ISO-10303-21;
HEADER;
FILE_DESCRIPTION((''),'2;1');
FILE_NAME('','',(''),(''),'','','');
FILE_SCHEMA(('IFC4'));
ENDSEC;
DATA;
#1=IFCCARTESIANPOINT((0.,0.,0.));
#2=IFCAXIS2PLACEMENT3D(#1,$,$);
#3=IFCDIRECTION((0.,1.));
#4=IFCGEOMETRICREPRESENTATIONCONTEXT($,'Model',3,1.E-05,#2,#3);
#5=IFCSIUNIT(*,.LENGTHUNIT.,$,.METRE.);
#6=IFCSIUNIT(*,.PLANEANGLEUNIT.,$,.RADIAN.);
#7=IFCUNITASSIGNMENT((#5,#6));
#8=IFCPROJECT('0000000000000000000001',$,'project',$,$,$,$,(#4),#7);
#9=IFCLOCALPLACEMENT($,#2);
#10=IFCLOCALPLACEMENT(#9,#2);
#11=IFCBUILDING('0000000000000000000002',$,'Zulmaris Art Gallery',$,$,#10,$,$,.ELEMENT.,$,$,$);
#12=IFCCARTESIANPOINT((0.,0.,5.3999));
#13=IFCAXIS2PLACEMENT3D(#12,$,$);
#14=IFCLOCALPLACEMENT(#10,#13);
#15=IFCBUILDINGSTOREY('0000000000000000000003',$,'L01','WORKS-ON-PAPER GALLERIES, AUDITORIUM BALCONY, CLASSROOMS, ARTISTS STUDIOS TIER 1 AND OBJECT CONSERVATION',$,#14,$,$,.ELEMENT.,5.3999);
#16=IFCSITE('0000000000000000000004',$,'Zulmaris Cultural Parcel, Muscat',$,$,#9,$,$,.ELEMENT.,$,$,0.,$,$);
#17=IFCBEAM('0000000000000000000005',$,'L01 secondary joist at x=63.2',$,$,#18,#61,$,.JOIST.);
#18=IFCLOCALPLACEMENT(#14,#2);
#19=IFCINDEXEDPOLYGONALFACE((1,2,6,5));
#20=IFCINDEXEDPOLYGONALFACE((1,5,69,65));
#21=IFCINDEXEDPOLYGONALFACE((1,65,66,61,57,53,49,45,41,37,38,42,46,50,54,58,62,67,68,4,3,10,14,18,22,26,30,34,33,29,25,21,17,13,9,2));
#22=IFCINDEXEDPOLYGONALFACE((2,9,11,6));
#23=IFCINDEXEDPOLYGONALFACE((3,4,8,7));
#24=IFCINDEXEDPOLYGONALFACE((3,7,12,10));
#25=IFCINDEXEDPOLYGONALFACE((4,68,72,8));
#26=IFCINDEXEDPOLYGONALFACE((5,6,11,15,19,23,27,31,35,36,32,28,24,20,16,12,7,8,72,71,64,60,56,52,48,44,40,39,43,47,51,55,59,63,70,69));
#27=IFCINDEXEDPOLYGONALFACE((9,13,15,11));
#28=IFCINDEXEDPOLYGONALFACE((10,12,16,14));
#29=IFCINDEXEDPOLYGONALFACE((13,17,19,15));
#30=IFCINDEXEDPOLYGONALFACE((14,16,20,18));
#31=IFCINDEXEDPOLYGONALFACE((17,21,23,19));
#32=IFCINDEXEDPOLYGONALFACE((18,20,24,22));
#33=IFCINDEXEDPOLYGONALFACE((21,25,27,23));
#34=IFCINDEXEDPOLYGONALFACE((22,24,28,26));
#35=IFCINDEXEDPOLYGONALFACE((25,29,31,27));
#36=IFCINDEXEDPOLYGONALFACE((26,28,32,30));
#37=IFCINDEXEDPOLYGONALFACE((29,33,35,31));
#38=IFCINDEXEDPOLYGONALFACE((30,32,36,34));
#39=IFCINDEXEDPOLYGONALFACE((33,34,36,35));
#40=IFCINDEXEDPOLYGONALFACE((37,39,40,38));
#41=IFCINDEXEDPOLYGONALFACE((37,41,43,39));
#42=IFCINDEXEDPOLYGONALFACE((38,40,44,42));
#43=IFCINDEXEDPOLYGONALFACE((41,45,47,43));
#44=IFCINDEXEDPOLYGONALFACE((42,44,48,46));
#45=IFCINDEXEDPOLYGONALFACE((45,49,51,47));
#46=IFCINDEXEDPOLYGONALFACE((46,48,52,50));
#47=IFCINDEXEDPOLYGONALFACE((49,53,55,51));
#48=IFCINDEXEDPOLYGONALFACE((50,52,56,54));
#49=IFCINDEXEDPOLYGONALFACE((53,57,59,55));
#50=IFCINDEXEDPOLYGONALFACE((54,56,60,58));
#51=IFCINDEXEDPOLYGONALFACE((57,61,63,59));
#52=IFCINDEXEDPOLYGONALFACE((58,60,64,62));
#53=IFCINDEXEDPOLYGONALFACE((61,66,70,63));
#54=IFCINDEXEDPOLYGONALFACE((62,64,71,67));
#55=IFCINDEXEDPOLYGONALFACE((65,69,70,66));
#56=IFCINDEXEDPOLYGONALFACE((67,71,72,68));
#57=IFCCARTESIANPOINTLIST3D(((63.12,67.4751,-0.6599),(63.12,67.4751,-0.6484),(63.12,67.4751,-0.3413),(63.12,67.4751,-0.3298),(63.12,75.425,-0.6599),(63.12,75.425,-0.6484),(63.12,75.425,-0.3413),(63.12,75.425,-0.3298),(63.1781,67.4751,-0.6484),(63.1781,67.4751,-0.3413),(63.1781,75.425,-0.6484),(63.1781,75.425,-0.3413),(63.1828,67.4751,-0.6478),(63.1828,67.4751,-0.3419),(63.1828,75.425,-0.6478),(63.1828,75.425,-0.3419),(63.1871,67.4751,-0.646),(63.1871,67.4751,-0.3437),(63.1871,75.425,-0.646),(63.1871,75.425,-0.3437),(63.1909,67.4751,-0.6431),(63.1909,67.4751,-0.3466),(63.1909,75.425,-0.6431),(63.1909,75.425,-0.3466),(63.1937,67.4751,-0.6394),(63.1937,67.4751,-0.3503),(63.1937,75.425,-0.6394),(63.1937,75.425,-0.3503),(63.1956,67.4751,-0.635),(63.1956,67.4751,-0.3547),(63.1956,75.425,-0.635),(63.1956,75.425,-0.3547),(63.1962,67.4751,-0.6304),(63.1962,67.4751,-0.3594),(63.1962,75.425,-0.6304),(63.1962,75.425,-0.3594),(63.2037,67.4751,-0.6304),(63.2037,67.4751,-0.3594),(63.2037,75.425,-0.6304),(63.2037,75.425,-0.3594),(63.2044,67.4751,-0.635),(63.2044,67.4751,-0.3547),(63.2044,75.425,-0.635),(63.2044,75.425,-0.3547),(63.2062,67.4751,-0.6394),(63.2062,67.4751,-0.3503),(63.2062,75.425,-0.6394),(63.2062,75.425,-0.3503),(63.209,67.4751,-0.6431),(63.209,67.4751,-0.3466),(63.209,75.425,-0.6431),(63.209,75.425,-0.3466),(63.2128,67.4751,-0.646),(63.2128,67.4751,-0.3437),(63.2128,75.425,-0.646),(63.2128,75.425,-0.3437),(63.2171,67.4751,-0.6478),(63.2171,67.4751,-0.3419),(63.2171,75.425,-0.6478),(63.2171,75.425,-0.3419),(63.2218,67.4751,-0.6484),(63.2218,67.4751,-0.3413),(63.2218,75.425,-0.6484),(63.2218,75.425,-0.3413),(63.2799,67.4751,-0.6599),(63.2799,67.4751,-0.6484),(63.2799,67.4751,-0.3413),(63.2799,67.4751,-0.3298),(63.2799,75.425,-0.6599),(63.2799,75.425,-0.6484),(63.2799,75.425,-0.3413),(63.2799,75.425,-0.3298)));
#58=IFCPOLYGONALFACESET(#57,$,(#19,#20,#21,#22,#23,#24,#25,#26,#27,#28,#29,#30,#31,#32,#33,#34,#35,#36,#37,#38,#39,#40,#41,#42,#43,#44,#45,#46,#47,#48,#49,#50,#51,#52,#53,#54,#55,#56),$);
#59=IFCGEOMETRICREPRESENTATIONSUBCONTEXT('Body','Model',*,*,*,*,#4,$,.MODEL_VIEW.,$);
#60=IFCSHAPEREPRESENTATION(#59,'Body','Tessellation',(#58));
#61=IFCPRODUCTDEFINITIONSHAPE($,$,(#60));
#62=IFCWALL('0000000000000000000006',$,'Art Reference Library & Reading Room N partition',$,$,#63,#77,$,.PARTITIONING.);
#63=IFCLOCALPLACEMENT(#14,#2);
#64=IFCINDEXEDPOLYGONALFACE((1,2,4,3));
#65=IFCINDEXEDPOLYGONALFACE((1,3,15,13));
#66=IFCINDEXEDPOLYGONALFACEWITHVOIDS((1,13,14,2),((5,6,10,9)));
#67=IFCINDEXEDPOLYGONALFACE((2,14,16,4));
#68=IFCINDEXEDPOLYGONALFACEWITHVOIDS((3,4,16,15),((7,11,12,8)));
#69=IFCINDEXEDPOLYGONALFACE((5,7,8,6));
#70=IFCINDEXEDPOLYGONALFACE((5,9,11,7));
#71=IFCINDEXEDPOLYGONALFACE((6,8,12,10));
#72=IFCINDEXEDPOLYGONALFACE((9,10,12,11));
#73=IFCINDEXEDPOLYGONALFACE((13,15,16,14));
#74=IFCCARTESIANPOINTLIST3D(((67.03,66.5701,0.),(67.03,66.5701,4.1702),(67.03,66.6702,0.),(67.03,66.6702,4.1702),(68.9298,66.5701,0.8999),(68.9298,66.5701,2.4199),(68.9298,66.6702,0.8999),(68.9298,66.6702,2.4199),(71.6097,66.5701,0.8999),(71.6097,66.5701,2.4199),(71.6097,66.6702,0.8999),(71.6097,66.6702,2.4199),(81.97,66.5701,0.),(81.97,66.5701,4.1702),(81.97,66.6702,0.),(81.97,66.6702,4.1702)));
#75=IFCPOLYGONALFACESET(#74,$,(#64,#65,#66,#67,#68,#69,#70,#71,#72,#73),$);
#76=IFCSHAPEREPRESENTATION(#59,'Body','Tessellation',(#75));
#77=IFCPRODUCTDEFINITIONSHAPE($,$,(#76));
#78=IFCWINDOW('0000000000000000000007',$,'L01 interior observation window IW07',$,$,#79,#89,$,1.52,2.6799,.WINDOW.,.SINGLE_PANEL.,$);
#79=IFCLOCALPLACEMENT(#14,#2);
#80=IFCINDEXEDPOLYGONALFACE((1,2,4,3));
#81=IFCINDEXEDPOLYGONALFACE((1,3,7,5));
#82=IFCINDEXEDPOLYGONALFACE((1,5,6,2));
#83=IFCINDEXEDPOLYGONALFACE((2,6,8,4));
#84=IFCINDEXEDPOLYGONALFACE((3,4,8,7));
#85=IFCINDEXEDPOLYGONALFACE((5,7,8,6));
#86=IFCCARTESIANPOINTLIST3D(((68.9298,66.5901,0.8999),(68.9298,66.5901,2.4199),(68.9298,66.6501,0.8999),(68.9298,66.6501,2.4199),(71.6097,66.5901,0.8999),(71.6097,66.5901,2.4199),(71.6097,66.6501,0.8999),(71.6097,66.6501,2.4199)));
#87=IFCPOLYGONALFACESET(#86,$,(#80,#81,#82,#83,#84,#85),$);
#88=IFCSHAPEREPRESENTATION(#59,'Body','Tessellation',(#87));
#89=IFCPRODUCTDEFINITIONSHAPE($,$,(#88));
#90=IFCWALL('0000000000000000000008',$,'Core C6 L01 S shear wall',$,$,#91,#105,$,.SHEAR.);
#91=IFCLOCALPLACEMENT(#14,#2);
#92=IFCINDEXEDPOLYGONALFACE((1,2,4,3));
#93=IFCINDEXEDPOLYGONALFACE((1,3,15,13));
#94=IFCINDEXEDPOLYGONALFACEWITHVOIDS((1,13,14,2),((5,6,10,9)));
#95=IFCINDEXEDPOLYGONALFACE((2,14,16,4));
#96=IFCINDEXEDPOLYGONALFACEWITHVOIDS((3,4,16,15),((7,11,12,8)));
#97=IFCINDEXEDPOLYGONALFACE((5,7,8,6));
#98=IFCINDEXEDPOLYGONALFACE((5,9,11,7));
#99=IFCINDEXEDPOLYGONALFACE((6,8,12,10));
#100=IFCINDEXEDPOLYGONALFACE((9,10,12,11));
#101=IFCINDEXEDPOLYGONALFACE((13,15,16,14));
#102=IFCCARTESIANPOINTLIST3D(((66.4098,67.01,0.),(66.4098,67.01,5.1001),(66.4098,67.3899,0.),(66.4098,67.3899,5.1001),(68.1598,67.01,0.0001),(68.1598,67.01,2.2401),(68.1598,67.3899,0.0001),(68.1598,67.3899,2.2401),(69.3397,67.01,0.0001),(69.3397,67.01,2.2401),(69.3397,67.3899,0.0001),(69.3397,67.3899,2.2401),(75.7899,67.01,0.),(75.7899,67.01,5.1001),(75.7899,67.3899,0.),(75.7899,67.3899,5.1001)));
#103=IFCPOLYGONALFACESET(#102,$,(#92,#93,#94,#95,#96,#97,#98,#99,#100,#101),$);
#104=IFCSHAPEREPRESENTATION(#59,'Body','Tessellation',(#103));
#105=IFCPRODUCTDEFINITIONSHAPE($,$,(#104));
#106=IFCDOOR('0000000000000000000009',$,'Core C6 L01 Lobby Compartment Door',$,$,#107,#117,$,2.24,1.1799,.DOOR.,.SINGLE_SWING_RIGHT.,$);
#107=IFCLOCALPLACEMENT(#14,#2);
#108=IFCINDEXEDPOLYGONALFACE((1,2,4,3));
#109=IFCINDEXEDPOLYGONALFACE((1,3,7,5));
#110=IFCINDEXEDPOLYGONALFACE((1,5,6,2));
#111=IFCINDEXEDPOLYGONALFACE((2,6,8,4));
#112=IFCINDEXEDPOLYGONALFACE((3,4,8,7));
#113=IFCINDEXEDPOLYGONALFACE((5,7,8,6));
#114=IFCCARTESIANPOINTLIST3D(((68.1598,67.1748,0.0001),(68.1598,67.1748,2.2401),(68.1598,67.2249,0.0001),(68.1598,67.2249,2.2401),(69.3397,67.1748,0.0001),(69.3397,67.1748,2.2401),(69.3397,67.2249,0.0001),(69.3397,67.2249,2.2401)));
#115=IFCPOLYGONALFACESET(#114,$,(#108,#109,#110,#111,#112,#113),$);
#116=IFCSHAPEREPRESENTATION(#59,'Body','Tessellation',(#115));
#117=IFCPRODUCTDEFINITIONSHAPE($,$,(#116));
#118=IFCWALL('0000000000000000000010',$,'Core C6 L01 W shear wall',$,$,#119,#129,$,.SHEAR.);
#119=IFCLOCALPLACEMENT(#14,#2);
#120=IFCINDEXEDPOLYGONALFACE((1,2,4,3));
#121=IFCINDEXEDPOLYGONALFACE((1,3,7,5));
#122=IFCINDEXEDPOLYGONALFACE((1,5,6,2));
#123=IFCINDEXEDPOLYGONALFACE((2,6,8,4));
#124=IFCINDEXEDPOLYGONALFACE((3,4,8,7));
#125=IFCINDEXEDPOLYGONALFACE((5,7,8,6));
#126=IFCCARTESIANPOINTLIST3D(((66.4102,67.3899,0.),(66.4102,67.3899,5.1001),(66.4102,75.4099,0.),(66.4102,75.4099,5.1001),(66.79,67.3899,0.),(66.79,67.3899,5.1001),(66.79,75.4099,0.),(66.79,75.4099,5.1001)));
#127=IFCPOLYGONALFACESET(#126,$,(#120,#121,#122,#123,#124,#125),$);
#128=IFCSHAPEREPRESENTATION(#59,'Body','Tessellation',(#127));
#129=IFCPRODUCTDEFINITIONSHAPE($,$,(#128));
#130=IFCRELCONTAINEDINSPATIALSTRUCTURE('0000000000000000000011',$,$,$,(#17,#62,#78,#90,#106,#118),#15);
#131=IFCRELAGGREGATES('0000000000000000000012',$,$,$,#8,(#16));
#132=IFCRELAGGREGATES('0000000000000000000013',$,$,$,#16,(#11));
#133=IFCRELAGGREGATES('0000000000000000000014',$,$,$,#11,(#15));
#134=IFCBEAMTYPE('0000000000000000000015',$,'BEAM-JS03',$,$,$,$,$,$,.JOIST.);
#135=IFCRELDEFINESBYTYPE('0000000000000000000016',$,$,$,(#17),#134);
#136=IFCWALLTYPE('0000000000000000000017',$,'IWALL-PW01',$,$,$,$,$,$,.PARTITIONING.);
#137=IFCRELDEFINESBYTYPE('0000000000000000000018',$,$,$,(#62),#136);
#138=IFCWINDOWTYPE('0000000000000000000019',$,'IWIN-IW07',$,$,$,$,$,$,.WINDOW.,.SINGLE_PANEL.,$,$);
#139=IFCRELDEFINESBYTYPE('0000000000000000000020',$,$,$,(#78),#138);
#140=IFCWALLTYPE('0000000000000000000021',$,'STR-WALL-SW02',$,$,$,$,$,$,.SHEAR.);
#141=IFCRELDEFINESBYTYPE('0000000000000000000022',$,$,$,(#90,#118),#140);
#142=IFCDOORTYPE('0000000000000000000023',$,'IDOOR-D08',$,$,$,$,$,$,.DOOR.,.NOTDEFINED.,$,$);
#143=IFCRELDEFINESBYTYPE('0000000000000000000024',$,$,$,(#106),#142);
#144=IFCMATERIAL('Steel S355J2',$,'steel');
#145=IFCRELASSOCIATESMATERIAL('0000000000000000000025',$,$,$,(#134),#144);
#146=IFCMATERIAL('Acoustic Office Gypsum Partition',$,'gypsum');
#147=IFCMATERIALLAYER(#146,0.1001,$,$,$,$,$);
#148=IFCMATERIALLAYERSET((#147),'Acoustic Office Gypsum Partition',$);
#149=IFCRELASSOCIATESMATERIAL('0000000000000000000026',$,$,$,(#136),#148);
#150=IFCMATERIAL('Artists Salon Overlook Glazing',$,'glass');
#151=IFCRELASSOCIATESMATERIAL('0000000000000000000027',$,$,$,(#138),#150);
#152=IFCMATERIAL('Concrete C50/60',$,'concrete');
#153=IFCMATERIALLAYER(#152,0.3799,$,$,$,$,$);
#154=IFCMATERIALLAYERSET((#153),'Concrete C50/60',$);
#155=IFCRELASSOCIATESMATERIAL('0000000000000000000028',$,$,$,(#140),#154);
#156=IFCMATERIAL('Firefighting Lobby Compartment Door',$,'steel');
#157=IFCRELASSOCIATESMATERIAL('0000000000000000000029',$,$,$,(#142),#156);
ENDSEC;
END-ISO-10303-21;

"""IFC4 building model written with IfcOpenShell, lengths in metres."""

from ifc_helpers import new_model, si_unit, direction, frame, frame_2d, origin, origin_2d, place, context, subcontext, project, spatial, rectangle, i_section, extrude, material, layer, layer_set, material_profile, profile_set, type_object, element, fill, save


model = new_model("IFC4")

# Units and contexts
model_context = context("Model", 3, precision=1e-05, world=origin(), true_north=direction((0.0, 1.0)))
body_context = subcontext(model_context, "Body", "Model", "MODEL_VIEW")
ifc_project = project(units=[si_unit("LENGTHUNIT", "METRE"), si_unit("PLANEANGLEUNIT", "RADIAN")], contexts=[model_context])

# Site, building, storey
site_placement = place(None, origin())
site = spatial("IfcSite", under=ifc_project, at=site_placement, Name="Zulmaris Cultural Parcel, Muscat", CompositionType="ELEMENT", RefElevation=0.0)
building_placement = place(site_placement, origin())
building = spatial("IfcBuilding", under=site, at=building_placement, Name="Zulmaris Art Gallery", CompositionType="ELEMENT")
storey_placement = place(building_placement, frame((0.0, 0.0, 5.3999)))
storey = spatial("IfcBuildingStorey", under=building, at=storey_placement, Name="L01", Description="WORKS-ON-PAPER GALLERIES, AUDITORIUM BALCONY, CLASSROOMS, ARTISTS STUDIOS TIER 1 AND OBJECT CONSERVATION", CompositionType="ELEMENT", Elevation=5.3999)

# Beam
ifc_material_1 = material(Name="Steel S355J2", Category="steel")
ifc_material_profile_1 = material_profile(ifc_material_1, i_section(OverallWidth=0.1599, OverallDepth=0.3301, WebThickness=0.0076, FlangeThickness=0.0115, FilletRadius=0.0181, at=origin_2d()), Name="IPE 330")
ifc_profile_set_1 = profile_set([ifc_material_profile_1], Name="Steel S355J2")
beam_type_1 = type_object("IfcBeamType", Name="BEAM-JS03", PredefinedType="JOIST", material=ifc_profile_set_1)
beam_1_placement = place(storey_placement, frame((63.2, 67.4751, -0.4949), z_axis=(0.0, 1.0, 0.0), x_axis=(-1.0, 0.0, 0.0)))
element("IfcBeam", 1, at=beam_1_placement, inside=storey, type_object=beam_type_1, Name="L01 secondary joist at x=63.2", PredefinedType="JOIST", context=body_context, shape_type="SweptSolid", body=[
    extrude(i_section(OverallWidth=0.1599, OverallDepth=0.3301, WebThickness=0.0076, FlangeThickness=0.0115, FilletRadius=0.0181, at=origin_2d()), origin(), (0.0, 0.0, 1.0), 7.95),
])

# Wall, opening, window
ifc_material_2 = material(Name="Acoustic Office Gypsum Partition", Category="gypsum")
ifc_layer_1 = layer(ifc_material_2, 0.1001)
ifc_layer_set_1 = layer_set([ifc_layer_1], Name="Acoustic Office Gypsum Partition")
wall_type_1 = type_object("IfcWallType", Name="IWALL-PW01", PredefinedType="PARTITIONING", material=ifc_layer_set_1)
wall_1_placement = place(storey_placement, frame((67.03, 66.6201, 0.0), z_axis=(0.0, 0.0, 1.0), x_axis=(1.0, 0.0, 0.0)))
wall_1 = element("IfcWall", 2, at=wall_1_placement, inside=storey, type_object=wall_type_1, Name="Art Reference Library & Reading Room N partition", PredefinedType="PARTITIONING", context=body_context, shape_type="SweptSolid", body=[
    extrude(rectangle(XDim=14.9399, YDim=0.1001, at=frame_2d((7.47, 0.0))), origin(), (0.0, 0.0, 1.0), 4.1702),
])
opening_1_placement = place(wall_1_placement, frame((1.8999, 0.0, 0.8999)))
opening_1 = element("IfcOpeningElement", 3, at=opening_1_placement, cuts=wall_1, PredefinedType="OPENING", context=body_context, shape_type="SweptSolid", body=[
    extrude(rectangle(XDim=2.6799, YDim=1.52, at=frame_2d((1.3398, 0.76))), frame((0.0, 0.0601, 0.0), z_axis=(0.0, -1.0, 0.0), x_axis=(1.0, 0.0, 0.0)), (0.0, 0.0, 1.0), 0.1201),
])
ifc_material_3 = material(Name="Artists Salon Overlook Glazing", Category="glass")
window_type = type_object("IfcWindowType", Name="IWIN-IW07", PartitioningType="SINGLE_PANEL", PredefinedType="WINDOW", material=ifc_material_3)
window_placement = place(opening_1_placement, origin())
window = element("IfcWindow", 4, at=window_placement, inside=storey, type_object=window_type, Name="L01 interior observation window IW07", OverallHeight=1.52, OverallWidth=2.6799, PartitioningType="SINGLE_PANEL", PredefinedType="WINDOW", context=body_context, shape_type="SweptSolid", body=[
    extrude(rectangle(XDim=2.6799, YDim=1.52, at=frame_2d((1.3398, 0.76))), frame((0.0, 0.03, 0.0), z_axis=(0.0, -1.0, 0.0), x_axis=(1.0, 0.0, 0.0)), (0.0, 0.0, 1.0), 0.0601),
])
fill(opening_1, window)

# Wall, opening, door
ifc_material_4 = material(Name="Concrete C50/60", Category="concrete")
ifc_layer_2 = layer(ifc_material_4, 0.3799)
ifc_layer_set_2 = layer_set([ifc_layer_2], Name="Concrete C50/60")
wall_type_2 = type_object("IfcWallType", Name="STR-WALL-SW02", PredefinedType="SHEAR", material=ifc_layer_set_2)
wall_2_placement = place(storey_placement, frame((66.4099, 67.2, 0.0), z_axis=(0.0, 0.0, 1.0), x_axis=(1.0, 0.0, 0.0)))
wall_2 = element("IfcWall", 5, at=wall_2_placement, inside=storey, type_object=wall_type_2, Name="Core C6 L01 S shear wall", PredefinedType="SHEAR", context=body_context, shape_type="SweptSolid", body=[
    extrude(rectangle(XDim=9.3801, YDim=0.3799, at=frame_2d((4.6899, 0.0))), origin(), (0.0, 0.0, 1.0), 5.1001),
])
opening_2_placement = place(wall_2_placement, frame((1.75, 0.0, 0.0)))
opening_2 = element("IfcOpeningElement", 6, at=opening_2_placement, cuts=wall_2, PredefinedType="OPENING", context=body_context, shape_type="SweptSolid", body=[
    extrude(rectangle(XDim=1.1799, YDim=2.24, at=frame_2d((0.5898, 1.1201))), frame((0.0, 0.2, 0.0), z_axis=(0.0, -1.0, 0.0), x_axis=(1.0, 0.0, 0.0)), (0.0, 0.0, 1.0), 0.3999),
])
ifc_material_5 = material(Name="Firefighting Lobby Compartment Door", Category="steel")
door_type = type_object("IfcDoorType", Name="IDOOR-D08", OperationType="NOTDEFINED", PredefinedType="DOOR", material=ifc_material_5)
door_placement = place(opening_2_placement, origin())
door = element("IfcDoor", 7, at=door_placement, inside=storey, type_object=door_type, Name="Core C6 L01 Lobby Compartment Door", OperationType="SINGLE_SWING_RIGHT", OverallHeight=2.24, OverallWidth=1.1799, PredefinedType="DOOR", context=body_context, shape_type="SweptSolid", body=[
    extrude(rectangle(XDim=1.1799, YDim=2.24, at=frame_2d((0.5898, 1.1201))), frame((0.0, 0.0249, 0.0), z_axis=(0.0, -1.0, 0.0), x_axis=(1.0, 0.0, 0.0)), (0.0, 0.0, 1.0), 0.05),
])
fill(opening_2, door)

# Wall
wall_3_placement = place(storey_placement, frame((66.6001, 67.3899, 0.0), z_axis=(0.0, 0.0, 1.0), x_axis=(0.0, 1.0, 0.0)))
element("IfcWall", 8, at=wall_3_placement, inside=storey, type_object=wall_type_2, Name="Core C6 L01 W shear wall", PredefinedType="SHEAR", context=body_context, shape_type="SweptSolid", body=[
    extrude(rectangle(XDim=8.02, YDim=0.3799, at=frame_2d((4.01, 0.0))), origin(), (0.0, 0.0, 1.0), 5.1001),
])

save(model, "model.ifc")
